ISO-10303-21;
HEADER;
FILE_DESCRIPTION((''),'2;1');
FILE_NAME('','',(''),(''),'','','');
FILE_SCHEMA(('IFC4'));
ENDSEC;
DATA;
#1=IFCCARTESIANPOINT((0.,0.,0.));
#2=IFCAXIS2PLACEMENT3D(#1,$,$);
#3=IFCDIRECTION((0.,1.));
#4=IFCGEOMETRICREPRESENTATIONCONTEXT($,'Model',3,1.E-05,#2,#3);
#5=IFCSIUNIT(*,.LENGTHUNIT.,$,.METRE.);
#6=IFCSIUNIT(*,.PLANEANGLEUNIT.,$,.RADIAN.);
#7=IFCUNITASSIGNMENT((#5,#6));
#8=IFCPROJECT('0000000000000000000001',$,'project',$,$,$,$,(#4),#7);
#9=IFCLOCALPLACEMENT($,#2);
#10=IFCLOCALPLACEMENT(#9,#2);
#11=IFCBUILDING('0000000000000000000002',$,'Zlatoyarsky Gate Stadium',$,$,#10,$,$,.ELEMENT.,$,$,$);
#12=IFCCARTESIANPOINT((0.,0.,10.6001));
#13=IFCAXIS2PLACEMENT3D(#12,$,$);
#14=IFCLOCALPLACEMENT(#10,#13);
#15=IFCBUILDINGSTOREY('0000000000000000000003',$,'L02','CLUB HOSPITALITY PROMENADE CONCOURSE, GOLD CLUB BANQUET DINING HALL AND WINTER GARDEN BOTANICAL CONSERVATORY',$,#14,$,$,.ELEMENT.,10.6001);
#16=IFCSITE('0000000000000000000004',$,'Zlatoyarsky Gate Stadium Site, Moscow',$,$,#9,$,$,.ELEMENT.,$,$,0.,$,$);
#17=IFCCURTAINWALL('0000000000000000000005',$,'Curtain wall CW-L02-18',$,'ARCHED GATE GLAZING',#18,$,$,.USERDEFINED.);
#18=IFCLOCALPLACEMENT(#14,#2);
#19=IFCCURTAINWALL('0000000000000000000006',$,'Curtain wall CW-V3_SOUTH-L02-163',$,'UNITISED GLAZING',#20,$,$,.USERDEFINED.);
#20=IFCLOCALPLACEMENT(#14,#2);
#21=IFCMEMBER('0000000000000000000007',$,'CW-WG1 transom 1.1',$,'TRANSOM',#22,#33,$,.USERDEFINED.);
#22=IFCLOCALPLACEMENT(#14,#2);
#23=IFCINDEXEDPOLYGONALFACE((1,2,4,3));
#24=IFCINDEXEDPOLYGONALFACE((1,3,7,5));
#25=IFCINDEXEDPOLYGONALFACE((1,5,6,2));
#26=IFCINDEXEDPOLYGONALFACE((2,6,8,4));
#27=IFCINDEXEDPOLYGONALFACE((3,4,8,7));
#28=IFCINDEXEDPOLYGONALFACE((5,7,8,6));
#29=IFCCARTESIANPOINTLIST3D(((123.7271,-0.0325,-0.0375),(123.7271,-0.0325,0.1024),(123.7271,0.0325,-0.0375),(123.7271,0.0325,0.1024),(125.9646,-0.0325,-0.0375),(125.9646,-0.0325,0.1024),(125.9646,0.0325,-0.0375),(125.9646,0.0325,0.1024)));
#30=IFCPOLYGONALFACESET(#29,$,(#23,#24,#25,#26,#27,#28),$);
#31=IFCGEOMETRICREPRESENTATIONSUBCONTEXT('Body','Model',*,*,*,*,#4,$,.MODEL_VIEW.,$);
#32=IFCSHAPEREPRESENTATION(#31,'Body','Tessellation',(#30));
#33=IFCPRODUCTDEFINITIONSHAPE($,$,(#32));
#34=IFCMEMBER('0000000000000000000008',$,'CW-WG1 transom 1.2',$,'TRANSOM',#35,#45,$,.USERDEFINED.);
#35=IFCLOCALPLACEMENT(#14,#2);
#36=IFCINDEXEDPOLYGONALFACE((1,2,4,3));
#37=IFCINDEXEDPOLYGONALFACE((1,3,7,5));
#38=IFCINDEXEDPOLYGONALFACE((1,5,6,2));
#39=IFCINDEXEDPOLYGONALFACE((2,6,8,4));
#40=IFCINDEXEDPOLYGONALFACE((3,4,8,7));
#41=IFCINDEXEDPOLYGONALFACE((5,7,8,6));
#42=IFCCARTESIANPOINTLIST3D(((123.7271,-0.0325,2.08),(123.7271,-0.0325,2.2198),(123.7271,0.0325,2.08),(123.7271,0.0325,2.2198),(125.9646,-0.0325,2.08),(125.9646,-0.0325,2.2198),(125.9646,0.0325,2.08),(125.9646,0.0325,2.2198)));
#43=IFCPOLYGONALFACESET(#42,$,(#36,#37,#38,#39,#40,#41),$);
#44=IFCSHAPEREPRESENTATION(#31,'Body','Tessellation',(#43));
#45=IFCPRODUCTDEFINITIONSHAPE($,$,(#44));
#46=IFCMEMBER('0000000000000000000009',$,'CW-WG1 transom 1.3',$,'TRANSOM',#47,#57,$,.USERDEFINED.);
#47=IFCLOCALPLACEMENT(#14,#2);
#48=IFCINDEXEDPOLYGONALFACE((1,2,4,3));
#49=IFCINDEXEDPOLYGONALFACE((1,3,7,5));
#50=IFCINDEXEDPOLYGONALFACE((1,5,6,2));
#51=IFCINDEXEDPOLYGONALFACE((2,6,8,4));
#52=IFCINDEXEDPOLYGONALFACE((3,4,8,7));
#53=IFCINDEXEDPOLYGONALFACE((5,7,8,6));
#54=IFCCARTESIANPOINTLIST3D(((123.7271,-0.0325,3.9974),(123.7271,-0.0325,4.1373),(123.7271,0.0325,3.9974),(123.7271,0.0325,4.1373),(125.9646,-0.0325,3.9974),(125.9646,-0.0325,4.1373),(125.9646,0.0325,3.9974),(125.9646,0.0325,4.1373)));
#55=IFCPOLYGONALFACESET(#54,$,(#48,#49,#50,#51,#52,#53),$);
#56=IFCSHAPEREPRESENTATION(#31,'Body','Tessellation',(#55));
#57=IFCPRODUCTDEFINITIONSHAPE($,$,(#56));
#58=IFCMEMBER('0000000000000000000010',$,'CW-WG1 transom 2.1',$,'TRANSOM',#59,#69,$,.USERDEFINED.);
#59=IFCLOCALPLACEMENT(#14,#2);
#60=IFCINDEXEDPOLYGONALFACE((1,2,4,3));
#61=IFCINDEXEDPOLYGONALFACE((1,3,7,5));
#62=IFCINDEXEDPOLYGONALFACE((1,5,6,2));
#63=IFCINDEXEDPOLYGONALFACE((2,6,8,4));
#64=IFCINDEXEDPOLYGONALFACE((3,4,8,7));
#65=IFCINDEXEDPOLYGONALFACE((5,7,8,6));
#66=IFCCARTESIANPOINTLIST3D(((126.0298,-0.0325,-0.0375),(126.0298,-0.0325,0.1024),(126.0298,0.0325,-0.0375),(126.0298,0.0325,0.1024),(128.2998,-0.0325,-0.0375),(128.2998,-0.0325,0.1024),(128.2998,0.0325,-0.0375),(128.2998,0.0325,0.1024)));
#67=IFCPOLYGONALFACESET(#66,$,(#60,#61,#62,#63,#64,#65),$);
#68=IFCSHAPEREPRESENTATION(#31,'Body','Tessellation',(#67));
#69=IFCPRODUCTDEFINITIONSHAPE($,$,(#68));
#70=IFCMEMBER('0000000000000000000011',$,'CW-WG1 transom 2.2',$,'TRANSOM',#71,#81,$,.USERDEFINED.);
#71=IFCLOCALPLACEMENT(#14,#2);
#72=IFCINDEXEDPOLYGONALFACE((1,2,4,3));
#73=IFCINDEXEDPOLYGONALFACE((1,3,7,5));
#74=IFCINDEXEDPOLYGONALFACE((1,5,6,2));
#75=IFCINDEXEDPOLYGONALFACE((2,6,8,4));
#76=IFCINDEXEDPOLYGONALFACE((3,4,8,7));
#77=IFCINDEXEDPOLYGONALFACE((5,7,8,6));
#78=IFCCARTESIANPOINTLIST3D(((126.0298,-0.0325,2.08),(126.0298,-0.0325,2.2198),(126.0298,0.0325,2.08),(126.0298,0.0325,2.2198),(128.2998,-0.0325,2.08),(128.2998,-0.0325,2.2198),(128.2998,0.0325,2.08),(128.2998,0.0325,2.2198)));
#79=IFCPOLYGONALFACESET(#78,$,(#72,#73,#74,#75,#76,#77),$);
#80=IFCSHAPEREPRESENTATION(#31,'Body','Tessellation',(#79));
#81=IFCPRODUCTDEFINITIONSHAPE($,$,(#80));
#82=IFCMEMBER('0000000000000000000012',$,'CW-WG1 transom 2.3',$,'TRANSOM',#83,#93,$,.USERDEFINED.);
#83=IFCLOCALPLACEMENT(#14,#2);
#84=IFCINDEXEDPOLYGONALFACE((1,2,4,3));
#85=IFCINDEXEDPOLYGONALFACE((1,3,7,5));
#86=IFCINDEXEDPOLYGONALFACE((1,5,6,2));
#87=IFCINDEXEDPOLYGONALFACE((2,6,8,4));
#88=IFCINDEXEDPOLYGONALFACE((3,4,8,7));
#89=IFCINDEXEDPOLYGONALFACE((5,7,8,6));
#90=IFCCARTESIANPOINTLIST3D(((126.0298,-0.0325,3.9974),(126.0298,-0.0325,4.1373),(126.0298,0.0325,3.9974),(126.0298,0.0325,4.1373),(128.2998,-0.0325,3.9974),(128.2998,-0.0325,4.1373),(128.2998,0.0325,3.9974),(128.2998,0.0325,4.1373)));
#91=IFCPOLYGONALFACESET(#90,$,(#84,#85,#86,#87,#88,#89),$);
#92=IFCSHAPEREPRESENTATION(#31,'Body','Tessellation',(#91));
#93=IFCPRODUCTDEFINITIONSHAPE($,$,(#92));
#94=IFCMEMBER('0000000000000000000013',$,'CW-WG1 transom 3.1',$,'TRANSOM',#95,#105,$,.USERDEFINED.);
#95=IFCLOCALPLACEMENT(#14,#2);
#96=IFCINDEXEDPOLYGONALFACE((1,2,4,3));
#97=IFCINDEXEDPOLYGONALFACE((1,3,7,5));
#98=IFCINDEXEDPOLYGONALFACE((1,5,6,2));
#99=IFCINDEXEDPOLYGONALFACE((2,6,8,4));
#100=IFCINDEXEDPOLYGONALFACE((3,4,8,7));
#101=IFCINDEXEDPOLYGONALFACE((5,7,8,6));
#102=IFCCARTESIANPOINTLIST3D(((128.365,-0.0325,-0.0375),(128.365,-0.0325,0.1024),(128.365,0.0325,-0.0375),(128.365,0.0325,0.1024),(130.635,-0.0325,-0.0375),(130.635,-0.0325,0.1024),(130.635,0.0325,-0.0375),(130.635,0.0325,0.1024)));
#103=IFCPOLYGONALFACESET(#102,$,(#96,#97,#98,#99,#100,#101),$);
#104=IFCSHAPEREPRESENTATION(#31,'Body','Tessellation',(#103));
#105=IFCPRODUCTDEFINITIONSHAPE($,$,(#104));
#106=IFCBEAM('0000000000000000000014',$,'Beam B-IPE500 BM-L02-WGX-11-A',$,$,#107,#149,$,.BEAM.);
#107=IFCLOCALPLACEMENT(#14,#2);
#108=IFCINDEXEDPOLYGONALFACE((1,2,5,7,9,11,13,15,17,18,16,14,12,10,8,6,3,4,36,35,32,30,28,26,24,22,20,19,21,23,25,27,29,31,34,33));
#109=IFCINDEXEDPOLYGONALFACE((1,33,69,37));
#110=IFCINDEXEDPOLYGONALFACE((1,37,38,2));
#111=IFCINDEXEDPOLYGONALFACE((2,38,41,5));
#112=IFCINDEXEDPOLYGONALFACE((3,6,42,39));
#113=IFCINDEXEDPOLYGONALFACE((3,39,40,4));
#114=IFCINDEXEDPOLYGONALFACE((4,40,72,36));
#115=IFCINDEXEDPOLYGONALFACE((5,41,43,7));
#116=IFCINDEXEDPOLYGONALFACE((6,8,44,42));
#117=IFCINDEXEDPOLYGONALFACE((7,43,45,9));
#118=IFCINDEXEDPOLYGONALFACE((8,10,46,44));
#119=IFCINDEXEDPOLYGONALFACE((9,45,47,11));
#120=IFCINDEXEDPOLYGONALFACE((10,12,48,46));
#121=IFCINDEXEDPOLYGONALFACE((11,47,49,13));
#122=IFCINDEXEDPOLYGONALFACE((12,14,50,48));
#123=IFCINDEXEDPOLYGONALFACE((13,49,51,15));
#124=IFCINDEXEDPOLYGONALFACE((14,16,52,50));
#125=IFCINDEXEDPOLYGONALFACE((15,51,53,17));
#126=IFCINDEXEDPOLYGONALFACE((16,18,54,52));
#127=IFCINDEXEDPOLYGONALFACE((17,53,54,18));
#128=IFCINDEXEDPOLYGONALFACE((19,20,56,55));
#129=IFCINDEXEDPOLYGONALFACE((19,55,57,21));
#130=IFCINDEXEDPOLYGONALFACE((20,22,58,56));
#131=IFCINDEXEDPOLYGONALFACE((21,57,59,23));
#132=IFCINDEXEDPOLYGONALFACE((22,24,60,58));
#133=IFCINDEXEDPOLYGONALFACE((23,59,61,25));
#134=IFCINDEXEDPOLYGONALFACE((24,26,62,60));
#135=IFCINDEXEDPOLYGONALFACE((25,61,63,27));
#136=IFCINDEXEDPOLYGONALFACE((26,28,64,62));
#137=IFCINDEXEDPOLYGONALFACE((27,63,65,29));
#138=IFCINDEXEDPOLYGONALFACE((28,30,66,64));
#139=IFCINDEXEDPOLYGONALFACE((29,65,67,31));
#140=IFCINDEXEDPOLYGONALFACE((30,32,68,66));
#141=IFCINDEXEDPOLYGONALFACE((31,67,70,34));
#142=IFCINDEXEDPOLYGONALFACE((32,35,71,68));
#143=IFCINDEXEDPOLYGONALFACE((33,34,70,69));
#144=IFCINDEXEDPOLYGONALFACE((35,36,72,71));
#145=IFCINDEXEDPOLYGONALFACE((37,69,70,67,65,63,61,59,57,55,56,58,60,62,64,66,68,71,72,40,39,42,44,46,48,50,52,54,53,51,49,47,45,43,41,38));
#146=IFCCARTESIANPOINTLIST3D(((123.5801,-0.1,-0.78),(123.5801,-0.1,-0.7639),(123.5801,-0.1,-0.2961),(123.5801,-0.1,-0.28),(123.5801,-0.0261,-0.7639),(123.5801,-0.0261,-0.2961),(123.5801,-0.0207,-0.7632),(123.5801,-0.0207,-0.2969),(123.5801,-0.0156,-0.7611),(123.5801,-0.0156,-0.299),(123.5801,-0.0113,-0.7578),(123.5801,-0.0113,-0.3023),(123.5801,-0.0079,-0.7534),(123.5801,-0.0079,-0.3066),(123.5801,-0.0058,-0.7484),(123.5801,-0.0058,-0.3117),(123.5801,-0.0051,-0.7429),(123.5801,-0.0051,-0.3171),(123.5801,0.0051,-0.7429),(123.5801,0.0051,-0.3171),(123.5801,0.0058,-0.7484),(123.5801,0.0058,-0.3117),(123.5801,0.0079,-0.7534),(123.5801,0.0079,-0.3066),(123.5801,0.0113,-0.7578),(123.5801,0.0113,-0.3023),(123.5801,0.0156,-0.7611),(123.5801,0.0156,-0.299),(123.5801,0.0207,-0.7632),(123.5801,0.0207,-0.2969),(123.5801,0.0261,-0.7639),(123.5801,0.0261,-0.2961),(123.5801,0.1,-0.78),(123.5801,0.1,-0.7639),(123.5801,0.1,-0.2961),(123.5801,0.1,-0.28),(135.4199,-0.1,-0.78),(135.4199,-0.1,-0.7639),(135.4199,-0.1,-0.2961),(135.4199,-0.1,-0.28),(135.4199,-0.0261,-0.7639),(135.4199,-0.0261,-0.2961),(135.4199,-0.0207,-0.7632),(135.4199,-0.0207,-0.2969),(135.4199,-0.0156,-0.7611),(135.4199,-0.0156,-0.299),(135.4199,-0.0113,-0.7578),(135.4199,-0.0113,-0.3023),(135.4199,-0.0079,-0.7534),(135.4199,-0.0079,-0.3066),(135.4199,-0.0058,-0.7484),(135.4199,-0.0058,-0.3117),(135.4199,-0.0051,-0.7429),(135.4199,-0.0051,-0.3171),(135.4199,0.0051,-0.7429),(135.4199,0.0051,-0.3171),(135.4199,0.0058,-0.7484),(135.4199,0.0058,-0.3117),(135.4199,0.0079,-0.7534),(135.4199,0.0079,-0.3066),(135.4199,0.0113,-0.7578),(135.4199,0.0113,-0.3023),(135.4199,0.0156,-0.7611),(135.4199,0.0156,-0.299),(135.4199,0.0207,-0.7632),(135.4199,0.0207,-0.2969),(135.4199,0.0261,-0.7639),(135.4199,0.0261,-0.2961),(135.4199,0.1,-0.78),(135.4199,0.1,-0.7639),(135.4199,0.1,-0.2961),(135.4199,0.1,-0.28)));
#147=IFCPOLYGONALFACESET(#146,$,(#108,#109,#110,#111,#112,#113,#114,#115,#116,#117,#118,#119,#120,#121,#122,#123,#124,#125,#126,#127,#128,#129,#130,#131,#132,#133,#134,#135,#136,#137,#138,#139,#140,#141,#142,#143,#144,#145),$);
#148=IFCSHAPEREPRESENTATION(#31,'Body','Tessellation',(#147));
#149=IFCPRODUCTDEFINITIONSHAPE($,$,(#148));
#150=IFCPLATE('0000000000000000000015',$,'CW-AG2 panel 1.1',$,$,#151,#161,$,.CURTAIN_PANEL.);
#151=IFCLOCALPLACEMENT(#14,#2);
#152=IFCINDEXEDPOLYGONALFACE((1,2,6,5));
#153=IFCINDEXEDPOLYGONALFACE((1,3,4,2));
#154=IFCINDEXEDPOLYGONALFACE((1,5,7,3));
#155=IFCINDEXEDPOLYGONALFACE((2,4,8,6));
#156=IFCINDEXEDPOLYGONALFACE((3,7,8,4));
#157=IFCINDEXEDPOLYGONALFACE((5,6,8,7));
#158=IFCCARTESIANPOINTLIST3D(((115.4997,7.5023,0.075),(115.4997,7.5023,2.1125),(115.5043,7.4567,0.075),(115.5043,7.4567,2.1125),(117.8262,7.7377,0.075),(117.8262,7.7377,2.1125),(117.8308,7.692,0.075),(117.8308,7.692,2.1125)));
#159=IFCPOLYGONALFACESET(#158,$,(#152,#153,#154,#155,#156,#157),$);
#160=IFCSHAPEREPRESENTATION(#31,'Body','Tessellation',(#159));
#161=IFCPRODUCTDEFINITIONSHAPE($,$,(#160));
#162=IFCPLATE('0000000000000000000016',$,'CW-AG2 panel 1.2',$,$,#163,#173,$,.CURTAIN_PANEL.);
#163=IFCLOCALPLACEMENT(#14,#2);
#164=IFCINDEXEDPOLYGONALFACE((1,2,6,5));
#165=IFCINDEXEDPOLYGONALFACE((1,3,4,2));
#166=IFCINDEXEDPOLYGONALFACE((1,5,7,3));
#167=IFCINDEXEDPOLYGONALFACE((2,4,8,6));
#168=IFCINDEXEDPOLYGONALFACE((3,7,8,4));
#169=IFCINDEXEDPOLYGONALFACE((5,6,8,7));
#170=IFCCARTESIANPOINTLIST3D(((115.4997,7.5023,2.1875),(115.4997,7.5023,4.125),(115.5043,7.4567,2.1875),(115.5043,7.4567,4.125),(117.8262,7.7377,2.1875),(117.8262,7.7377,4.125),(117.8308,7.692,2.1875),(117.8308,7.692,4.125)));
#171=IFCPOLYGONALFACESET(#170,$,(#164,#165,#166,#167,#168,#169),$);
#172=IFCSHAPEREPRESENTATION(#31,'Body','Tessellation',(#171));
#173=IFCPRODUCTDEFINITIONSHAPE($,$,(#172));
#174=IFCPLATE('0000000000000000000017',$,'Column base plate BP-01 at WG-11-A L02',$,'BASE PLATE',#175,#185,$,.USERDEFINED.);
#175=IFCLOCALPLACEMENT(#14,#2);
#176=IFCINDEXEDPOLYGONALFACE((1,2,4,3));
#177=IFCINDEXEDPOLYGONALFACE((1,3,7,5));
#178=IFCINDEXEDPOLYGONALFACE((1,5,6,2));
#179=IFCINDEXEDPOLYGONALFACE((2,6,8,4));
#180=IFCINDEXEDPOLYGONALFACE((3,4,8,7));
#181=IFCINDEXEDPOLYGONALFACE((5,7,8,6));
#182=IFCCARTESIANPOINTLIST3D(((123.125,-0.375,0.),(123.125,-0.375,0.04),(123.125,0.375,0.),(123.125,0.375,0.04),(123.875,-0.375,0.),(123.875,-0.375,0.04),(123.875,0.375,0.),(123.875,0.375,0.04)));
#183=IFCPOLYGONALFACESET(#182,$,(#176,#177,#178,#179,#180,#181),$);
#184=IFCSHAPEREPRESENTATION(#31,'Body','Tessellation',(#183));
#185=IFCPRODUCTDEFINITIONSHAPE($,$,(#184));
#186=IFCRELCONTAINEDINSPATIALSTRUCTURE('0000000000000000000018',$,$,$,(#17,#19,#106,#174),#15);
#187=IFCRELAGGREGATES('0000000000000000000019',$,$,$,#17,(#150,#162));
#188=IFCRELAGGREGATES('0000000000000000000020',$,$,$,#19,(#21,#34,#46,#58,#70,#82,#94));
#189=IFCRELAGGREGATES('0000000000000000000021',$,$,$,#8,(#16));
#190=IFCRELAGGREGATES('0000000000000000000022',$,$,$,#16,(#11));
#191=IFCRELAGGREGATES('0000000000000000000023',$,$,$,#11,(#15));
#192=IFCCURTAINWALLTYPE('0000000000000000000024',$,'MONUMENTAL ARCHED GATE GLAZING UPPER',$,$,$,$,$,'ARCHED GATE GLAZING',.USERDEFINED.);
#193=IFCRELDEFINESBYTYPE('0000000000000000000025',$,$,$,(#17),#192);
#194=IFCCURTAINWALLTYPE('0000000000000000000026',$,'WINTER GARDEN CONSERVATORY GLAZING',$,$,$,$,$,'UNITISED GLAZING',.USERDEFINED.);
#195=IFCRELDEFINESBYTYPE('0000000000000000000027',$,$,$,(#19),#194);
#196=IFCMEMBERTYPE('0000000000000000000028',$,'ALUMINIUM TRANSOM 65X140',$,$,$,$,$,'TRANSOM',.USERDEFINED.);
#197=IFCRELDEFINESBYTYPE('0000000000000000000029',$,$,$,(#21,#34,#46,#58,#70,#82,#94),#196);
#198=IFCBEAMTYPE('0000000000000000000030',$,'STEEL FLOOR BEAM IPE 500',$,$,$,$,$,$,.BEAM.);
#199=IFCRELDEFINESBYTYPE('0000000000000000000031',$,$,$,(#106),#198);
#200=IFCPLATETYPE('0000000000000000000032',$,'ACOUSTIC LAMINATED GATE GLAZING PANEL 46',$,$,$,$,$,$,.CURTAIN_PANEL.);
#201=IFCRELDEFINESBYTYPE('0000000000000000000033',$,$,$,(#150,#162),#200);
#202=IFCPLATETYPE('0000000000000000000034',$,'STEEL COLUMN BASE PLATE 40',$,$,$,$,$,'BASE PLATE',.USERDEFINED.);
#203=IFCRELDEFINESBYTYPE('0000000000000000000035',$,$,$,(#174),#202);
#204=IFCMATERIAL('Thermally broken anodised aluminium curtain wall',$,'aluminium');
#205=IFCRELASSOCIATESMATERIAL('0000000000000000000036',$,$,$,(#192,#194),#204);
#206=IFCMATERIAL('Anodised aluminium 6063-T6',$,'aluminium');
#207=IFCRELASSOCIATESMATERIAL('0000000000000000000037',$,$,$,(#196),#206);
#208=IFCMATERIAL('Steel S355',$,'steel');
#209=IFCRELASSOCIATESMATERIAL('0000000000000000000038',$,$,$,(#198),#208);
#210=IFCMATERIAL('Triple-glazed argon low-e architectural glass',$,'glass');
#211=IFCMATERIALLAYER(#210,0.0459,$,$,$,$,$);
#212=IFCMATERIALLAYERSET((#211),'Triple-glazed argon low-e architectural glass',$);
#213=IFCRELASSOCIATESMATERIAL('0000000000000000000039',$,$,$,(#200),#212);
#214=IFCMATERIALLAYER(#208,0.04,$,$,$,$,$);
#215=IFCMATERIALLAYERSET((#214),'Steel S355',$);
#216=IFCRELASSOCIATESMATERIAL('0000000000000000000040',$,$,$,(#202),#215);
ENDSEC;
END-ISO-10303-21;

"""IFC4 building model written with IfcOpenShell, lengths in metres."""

from ifc_helpers import new_model, si_unit, direction, frame, origin, origin_2d, place, context, subcontext, project, spatial, rectangle, i_section, extrude, material, layer, layer_set, material_profile, profile_set, type_object, element, aggregate, save


model = new_model("IFC4")

# Units and contexts
model_context = context("Model", 3, precision=1e-05, world=origin(), true_north=direction((0.0, 1.0)))
body_context = subcontext(model_context, "Body", "Model", "MODEL_VIEW")
ifc_project = project(units=[si_unit("LENGTHUNIT", "METRE"), si_unit("PLANEANGLEUNIT", "RADIAN")], contexts=[model_context])

# Site, building, storey
site_placement = place(None, origin())
site = spatial("IfcSite", under=ifc_project, at=site_placement, Name="Zlatoyarsky Gate Stadium Site, Moscow", CompositionType="ELEMENT", RefElevation=0.0)
building_placement = place(site_placement, origin())
building = spatial("IfcBuilding", under=site, at=building_placement, Name="Zlatoyarsky Gate Stadium", CompositionType="ELEMENT")
storey_placement = place(building_placement, frame((0.0, 0.0, 10.6001)))
storey = spatial("IfcBuildingStorey", under=building, at=storey_placement, Name="L02", Description="CLUB HOSPITALITY PROMENADE CONCOURSE, GOLD CLUB BANQUET DINING HALL AND WINTER GARDEN BOTANICAL CONSERVATORY", CompositionType="ELEMENT", Elevation=10.6001)

# Shared definitions
ifc_material_1 = material(Name="Steel S355", Category="steel")

# Curtain walls, members
ifc_material_2 = material(Name="Thermally broken anodised aluminium curtain wall", Category="aluminium")
curtain_wall_type_1 = type_object("IfcCurtainWallType", Name="MONUMENTAL ARCHED GATE GLAZING UPPER", ElementType="ARCHED GATE GLAZING", PredefinedType="USERDEFINED", material=ifc_material_2)
curtain_wall_1_placement = place(storey_placement, origin())
curtain_wall_1 = element("IfcCurtainWall", 1, at=curtain_wall_1_placement, inside=storey, type_object=curtain_wall_type_1, Name="Curtain wall CW-L02-18", ObjectType="ARCHED GATE GLAZING", PredefinedType="USERDEFINED")
ifc_material_3 = material(Name="Anodised aluminium 6063-T6", Category="aluminium")
curtain_wall_type_2 = type_object("IfcCurtainWallType", Name="WINTER GARDEN CONSERVATORY GLAZING", ElementType="UNITISED GLAZING", PredefinedType="USERDEFINED", material=ifc_material_2)
curtain_wall_2_placement = place(storey_placement, origin())
curtain_wall_2 = element("IfcCurtainWall", 2, at=curtain_wall_2_placement, inside=storey, type_object=curtain_wall_type_2, Name="Curtain wall CW-V3_SOUTH-L02-163", ObjectType="UNITISED GLAZING", PredefinedType="USERDEFINED")
ifc_material_profile_1 = material_profile(ifc_material_3, rectangle(XDim=0.0649, YDim=0.1399, at=origin_2d()), Name="ALU 65X140")
ifc_profile_set_1 = profile_set([ifc_material_profile_1], Name="Anodised aluminium 6063-T6")
member_type_1 = type_object("IfcMemberType", Name="ALUMINIUM TRANSOM 65X140", ElementType="TRANSOM", PredefinedType="USERDEFINED", material=ifc_profile_set_1)
member_1_placement = place(storey_placement, frame((123.7271, 0.0, 0.0325), z_axis=(1.0, 0.0, 0.0), x_axis=(0.0, 1.0, 0.0)))
member_1 = element("IfcMember", 3, at=member_1_placement, type_object=member_type_1, Name="CW-WG1 transom 1.1", ObjectType="TRANSOM", PredefinedType="USERDEFINED", context=body_context, shape_type="SweptSolid", body=[
    extrude(rectangle(XDim=0.0649, YDim=0.1399, at=origin_2d()), origin(), (0.0, 0.0, 1.0), 2.2375),
])
member_2_placement = place(storey_placement, frame((123.7271, 0.0, 2.1499), z_axis=(1.0, 0.0, 0.0), x_axis=(0.0, 1.0, 0.0)))
member_2 = element("IfcMember", 4, at=member_2_placement, type_object=member_type_1, Name="CW-WG1 transom 1.2", ObjectType="TRANSOM", PredefinedType="USERDEFINED", context=body_context, shape_type="SweptSolid", body=[
    extrude(rectangle(XDim=0.0649, YDim=0.1399, at=origin_2d()), origin(), (0.0, 0.0, 1.0), 2.2375),
])
member_3_placement = place(storey_placement, frame((123.7271, 0.0, 4.0674), z_axis=(1.0, 0.0, 0.0), x_axis=(0.0, 1.0, 0.0)))
member_3 = element("IfcMember", 5, at=member_3_placement, type_object=member_type_1, Name="CW-WG1 transom 1.3", ObjectType="TRANSOM", PredefinedType="USERDEFINED", context=body_context, shape_type="SweptSolid", body=[
    extrude(rectangle(XDim=0.0649, YDim=0.1399, at=origin_2d()), origin(), (0.0, 0.0, 1.0), 2.2375),
])
member_4_placement = place(storey_placement, frame((126.0298, 0.0, 0.0325), z_axis=(1.0, 0.0, 0.0), x_axis=(0.0, 1.0, 0.0)))
member_4 = element("IfcMember", 6, at=member_4_placement, type_object=member_type_1, Name="CW-WG1 transom 2.1", ObjectType="TRANSOM", PredefinedType="USERDEFINED", context=body_context, shape_type="SweptSolid", body=[
    extrude(rectangle(XDim=0.0649, YDim=0.1399, at=origin_2d()), origin(), (0.0, 0.0, 1.0), 2.27),
])
member_5_placement = place(storey_placement, frame((126.0298, 0.0, 2.1499), z_axis=(1.0, 0.0, 0.0), x_axis=(0.0, 1.0, 0.0)))
member_5 = element("IfcMember", 7, at=member_5_placement, type_object=member_type_1, Name="CW-WG1 transom 2.2", ObjectType="TRANSOM", PredefinedType="USERDEFINED", context=body_context, shape_type="SweptSolid", body=[
    extrude(rectangle(XDim=0.0649, YDim=0.1399, at=origin_2d()), origin(), (0.0, 0.0, 1.0), 2.27),
])
member_6_placement = place(storey_placement, frame((126.0298, 0.0, 4.0674), z_axis=(1.0, 0.0, 0.0), x_axis=(0.0, 1.0, 0.0)))
member_6 = element("IfcMember", 8, at=member_6_placement, type_object=member_type_1, Name="CW-WG1 transom 2.3", ObjectType="TRANSOM", PredefinedType="USERDEFINED", context=body_context, shape_type="SweptSolid", body=[
    extrude(rectangle(XDim=0.0649, YDim=0.1399, at=origin_2d()), origin(), (0.0, 0.0, 1.0), 2.27),
])
member_7_placement = place(storey_placement, frame((128.365, 0.0, 0.0325), z_axis=(1.0, 0.0, 0.0), x_axis=(0.0, 1.0, 0.0)))
member_7 = element("IfcMember", 9, at=member_7_placement, type_object=member_type_1, Name="CW-WG1 transom 3.1", ObjectType="TRANSOM", PredefinedType="USERDEFINED", context=body_context, shape_type="SweptSolid", body=[
    extrude(rectangle(XDim=0.0649, YDim=0.1399, at=origin_2d()), origin(), (0.0, 0.0, 1.0), 2.27),
])

# Beam
ifc_material_profile_2 = material_profile(ifc_material_1, i_section(OverallWidth=0.2, OverallDepth=0.5, WebThickness=0.0103, FlangeThickness=0.0161, FilletRadius=0.021, at=origin_2d()), Name="IPE 500")
ifc_profile_set_2 = profile_set([ifc_material_profile_2], Name="Steel S355")
beam_type = type_object("IfcBeamType", Name="STEEL FLOOR BEAM IPE 500", PredefinedType="BEAM", material=ifc_profile_set_2)
beam_placement = place(storey_placement, frame((123.5801, 0.0, -0.53), z_axis=(1.0, 0.0, 0.0), x_axis=(0.0, 1.0, 0.0)))
element("IfcBeam", 10, at=beam_placement, inside=storey, type_object=beam_type, Name="Beam B-IPE500 BM-L02-WGX-11-A", PredefinedType="BEAM", context=body_context, shape_type="SweptSolid", body=[
    extrude(i_section(OverallWidth=0.2, OverallDepth=0.5, WebThickness=0.0103, FlangeThickness=0.0161, FilletRadius=0.021, at=origin_2d()), origin(), (0.0, 0.0, 1.0), 11.8398),
])

# Plates
ifc_material_4 = material(Name="Triple-glazed argon low-e architectural glass", Category="glass")
ifc_layer_1 = layer(ifc_material_4, 0.0459)
ifc_layer_set_1 = layer_set([ifc_layer_1], Name="Triple-glazed argon low-e architectural glass")
plate_type_1 = type_object("IfcPlateType", Name="ACOUSTIC LAMINATED GATE GLAZING PANEL 46", PredefinedType="CURTAIN_PANEL", material=ifc_layer_set_1)
plate_1_placement = place(storey_placement, frame((116.6653, 7.5972, 0.075), z_axis=(0.0, 0.0, 1.0), x_axis=(0.994923, 0.100642, 0.0)))
plate_1 = element("IfcPlate", 11, at=plate_1_placement, type_object=plate_type_1, Name="CW-AG2 panel 1.1", PredefinedType="CURTAIN_PANEL", context=body_context, shape_type="SweptSolid", body=[
    extrude(rectangle(XDim=2.3384, YDim=0.0459, at=origin_2d()), origin(), (0.0, 0.0, 1.0), 2.0376),
])
plate_2_placement = place(storey_placement, frame((116.6653, 7.5972, 2.1875), z_axis=(0.0, 0.0, 1.0), x_axis=(0.994923, 0.100642, 0.0)))
plate_2 = element("IfcPlate", 12, at=plate_2_placement, type_object=plate_type_1, Name="CW-AG2 panel 1.2", PredefinedType="CURTAIN_PANEL", context=body_context, shape_type="SweptSolid", body=[
    extrude(rectangle(XDim=2.3384, YDim=0.0459, at=origin_2d()), origin(), (0.0, 0.0, 1.0), 1.9375),
])
aggregate(curtain_wall_1, [plate_1, plate_2])
ifc_layer_2 = layer(ifc_material_1, 0.04)
ifc_layer_set_2 = layer_set([ifc_layer_2], Name="Steel S355")
plate_type_2 = type_object("IfcPlateType", Name="STEEL COLUMN BASE PLATE 40", ElementType="BASE PLATE", PredefinedType="USERDEFINED", material=ifc_layer_set_2)
plate_3_placement = place(storey_placement, frame((123.5, 0.0, 0.0), z_axis=(0.0, 0.0, 1.0), x_axis=(1.0, 0.0, 0.0)))
element("IfcPlate", 13, at=plate_3_placement, inside=storey, type_object=plate_type_2, Name="Column base plate BP-01 at WG-11-A L02", ObjectType="BASE PLATE", PredefinedType="USERDEFINED", context=body_context, shape_type="SweptSolid", body=[
    extrude(rectangle(XDim=0.75, YDim=0.75, at=origin_2d()), origin(), (0.0, 0.0, 1.0), 0.04),
])
aggregate(curtain_wall_2, [member_1, member_2, member_3, member_4, member_5, member_6, member_7])

save(model, "model.ifc")
